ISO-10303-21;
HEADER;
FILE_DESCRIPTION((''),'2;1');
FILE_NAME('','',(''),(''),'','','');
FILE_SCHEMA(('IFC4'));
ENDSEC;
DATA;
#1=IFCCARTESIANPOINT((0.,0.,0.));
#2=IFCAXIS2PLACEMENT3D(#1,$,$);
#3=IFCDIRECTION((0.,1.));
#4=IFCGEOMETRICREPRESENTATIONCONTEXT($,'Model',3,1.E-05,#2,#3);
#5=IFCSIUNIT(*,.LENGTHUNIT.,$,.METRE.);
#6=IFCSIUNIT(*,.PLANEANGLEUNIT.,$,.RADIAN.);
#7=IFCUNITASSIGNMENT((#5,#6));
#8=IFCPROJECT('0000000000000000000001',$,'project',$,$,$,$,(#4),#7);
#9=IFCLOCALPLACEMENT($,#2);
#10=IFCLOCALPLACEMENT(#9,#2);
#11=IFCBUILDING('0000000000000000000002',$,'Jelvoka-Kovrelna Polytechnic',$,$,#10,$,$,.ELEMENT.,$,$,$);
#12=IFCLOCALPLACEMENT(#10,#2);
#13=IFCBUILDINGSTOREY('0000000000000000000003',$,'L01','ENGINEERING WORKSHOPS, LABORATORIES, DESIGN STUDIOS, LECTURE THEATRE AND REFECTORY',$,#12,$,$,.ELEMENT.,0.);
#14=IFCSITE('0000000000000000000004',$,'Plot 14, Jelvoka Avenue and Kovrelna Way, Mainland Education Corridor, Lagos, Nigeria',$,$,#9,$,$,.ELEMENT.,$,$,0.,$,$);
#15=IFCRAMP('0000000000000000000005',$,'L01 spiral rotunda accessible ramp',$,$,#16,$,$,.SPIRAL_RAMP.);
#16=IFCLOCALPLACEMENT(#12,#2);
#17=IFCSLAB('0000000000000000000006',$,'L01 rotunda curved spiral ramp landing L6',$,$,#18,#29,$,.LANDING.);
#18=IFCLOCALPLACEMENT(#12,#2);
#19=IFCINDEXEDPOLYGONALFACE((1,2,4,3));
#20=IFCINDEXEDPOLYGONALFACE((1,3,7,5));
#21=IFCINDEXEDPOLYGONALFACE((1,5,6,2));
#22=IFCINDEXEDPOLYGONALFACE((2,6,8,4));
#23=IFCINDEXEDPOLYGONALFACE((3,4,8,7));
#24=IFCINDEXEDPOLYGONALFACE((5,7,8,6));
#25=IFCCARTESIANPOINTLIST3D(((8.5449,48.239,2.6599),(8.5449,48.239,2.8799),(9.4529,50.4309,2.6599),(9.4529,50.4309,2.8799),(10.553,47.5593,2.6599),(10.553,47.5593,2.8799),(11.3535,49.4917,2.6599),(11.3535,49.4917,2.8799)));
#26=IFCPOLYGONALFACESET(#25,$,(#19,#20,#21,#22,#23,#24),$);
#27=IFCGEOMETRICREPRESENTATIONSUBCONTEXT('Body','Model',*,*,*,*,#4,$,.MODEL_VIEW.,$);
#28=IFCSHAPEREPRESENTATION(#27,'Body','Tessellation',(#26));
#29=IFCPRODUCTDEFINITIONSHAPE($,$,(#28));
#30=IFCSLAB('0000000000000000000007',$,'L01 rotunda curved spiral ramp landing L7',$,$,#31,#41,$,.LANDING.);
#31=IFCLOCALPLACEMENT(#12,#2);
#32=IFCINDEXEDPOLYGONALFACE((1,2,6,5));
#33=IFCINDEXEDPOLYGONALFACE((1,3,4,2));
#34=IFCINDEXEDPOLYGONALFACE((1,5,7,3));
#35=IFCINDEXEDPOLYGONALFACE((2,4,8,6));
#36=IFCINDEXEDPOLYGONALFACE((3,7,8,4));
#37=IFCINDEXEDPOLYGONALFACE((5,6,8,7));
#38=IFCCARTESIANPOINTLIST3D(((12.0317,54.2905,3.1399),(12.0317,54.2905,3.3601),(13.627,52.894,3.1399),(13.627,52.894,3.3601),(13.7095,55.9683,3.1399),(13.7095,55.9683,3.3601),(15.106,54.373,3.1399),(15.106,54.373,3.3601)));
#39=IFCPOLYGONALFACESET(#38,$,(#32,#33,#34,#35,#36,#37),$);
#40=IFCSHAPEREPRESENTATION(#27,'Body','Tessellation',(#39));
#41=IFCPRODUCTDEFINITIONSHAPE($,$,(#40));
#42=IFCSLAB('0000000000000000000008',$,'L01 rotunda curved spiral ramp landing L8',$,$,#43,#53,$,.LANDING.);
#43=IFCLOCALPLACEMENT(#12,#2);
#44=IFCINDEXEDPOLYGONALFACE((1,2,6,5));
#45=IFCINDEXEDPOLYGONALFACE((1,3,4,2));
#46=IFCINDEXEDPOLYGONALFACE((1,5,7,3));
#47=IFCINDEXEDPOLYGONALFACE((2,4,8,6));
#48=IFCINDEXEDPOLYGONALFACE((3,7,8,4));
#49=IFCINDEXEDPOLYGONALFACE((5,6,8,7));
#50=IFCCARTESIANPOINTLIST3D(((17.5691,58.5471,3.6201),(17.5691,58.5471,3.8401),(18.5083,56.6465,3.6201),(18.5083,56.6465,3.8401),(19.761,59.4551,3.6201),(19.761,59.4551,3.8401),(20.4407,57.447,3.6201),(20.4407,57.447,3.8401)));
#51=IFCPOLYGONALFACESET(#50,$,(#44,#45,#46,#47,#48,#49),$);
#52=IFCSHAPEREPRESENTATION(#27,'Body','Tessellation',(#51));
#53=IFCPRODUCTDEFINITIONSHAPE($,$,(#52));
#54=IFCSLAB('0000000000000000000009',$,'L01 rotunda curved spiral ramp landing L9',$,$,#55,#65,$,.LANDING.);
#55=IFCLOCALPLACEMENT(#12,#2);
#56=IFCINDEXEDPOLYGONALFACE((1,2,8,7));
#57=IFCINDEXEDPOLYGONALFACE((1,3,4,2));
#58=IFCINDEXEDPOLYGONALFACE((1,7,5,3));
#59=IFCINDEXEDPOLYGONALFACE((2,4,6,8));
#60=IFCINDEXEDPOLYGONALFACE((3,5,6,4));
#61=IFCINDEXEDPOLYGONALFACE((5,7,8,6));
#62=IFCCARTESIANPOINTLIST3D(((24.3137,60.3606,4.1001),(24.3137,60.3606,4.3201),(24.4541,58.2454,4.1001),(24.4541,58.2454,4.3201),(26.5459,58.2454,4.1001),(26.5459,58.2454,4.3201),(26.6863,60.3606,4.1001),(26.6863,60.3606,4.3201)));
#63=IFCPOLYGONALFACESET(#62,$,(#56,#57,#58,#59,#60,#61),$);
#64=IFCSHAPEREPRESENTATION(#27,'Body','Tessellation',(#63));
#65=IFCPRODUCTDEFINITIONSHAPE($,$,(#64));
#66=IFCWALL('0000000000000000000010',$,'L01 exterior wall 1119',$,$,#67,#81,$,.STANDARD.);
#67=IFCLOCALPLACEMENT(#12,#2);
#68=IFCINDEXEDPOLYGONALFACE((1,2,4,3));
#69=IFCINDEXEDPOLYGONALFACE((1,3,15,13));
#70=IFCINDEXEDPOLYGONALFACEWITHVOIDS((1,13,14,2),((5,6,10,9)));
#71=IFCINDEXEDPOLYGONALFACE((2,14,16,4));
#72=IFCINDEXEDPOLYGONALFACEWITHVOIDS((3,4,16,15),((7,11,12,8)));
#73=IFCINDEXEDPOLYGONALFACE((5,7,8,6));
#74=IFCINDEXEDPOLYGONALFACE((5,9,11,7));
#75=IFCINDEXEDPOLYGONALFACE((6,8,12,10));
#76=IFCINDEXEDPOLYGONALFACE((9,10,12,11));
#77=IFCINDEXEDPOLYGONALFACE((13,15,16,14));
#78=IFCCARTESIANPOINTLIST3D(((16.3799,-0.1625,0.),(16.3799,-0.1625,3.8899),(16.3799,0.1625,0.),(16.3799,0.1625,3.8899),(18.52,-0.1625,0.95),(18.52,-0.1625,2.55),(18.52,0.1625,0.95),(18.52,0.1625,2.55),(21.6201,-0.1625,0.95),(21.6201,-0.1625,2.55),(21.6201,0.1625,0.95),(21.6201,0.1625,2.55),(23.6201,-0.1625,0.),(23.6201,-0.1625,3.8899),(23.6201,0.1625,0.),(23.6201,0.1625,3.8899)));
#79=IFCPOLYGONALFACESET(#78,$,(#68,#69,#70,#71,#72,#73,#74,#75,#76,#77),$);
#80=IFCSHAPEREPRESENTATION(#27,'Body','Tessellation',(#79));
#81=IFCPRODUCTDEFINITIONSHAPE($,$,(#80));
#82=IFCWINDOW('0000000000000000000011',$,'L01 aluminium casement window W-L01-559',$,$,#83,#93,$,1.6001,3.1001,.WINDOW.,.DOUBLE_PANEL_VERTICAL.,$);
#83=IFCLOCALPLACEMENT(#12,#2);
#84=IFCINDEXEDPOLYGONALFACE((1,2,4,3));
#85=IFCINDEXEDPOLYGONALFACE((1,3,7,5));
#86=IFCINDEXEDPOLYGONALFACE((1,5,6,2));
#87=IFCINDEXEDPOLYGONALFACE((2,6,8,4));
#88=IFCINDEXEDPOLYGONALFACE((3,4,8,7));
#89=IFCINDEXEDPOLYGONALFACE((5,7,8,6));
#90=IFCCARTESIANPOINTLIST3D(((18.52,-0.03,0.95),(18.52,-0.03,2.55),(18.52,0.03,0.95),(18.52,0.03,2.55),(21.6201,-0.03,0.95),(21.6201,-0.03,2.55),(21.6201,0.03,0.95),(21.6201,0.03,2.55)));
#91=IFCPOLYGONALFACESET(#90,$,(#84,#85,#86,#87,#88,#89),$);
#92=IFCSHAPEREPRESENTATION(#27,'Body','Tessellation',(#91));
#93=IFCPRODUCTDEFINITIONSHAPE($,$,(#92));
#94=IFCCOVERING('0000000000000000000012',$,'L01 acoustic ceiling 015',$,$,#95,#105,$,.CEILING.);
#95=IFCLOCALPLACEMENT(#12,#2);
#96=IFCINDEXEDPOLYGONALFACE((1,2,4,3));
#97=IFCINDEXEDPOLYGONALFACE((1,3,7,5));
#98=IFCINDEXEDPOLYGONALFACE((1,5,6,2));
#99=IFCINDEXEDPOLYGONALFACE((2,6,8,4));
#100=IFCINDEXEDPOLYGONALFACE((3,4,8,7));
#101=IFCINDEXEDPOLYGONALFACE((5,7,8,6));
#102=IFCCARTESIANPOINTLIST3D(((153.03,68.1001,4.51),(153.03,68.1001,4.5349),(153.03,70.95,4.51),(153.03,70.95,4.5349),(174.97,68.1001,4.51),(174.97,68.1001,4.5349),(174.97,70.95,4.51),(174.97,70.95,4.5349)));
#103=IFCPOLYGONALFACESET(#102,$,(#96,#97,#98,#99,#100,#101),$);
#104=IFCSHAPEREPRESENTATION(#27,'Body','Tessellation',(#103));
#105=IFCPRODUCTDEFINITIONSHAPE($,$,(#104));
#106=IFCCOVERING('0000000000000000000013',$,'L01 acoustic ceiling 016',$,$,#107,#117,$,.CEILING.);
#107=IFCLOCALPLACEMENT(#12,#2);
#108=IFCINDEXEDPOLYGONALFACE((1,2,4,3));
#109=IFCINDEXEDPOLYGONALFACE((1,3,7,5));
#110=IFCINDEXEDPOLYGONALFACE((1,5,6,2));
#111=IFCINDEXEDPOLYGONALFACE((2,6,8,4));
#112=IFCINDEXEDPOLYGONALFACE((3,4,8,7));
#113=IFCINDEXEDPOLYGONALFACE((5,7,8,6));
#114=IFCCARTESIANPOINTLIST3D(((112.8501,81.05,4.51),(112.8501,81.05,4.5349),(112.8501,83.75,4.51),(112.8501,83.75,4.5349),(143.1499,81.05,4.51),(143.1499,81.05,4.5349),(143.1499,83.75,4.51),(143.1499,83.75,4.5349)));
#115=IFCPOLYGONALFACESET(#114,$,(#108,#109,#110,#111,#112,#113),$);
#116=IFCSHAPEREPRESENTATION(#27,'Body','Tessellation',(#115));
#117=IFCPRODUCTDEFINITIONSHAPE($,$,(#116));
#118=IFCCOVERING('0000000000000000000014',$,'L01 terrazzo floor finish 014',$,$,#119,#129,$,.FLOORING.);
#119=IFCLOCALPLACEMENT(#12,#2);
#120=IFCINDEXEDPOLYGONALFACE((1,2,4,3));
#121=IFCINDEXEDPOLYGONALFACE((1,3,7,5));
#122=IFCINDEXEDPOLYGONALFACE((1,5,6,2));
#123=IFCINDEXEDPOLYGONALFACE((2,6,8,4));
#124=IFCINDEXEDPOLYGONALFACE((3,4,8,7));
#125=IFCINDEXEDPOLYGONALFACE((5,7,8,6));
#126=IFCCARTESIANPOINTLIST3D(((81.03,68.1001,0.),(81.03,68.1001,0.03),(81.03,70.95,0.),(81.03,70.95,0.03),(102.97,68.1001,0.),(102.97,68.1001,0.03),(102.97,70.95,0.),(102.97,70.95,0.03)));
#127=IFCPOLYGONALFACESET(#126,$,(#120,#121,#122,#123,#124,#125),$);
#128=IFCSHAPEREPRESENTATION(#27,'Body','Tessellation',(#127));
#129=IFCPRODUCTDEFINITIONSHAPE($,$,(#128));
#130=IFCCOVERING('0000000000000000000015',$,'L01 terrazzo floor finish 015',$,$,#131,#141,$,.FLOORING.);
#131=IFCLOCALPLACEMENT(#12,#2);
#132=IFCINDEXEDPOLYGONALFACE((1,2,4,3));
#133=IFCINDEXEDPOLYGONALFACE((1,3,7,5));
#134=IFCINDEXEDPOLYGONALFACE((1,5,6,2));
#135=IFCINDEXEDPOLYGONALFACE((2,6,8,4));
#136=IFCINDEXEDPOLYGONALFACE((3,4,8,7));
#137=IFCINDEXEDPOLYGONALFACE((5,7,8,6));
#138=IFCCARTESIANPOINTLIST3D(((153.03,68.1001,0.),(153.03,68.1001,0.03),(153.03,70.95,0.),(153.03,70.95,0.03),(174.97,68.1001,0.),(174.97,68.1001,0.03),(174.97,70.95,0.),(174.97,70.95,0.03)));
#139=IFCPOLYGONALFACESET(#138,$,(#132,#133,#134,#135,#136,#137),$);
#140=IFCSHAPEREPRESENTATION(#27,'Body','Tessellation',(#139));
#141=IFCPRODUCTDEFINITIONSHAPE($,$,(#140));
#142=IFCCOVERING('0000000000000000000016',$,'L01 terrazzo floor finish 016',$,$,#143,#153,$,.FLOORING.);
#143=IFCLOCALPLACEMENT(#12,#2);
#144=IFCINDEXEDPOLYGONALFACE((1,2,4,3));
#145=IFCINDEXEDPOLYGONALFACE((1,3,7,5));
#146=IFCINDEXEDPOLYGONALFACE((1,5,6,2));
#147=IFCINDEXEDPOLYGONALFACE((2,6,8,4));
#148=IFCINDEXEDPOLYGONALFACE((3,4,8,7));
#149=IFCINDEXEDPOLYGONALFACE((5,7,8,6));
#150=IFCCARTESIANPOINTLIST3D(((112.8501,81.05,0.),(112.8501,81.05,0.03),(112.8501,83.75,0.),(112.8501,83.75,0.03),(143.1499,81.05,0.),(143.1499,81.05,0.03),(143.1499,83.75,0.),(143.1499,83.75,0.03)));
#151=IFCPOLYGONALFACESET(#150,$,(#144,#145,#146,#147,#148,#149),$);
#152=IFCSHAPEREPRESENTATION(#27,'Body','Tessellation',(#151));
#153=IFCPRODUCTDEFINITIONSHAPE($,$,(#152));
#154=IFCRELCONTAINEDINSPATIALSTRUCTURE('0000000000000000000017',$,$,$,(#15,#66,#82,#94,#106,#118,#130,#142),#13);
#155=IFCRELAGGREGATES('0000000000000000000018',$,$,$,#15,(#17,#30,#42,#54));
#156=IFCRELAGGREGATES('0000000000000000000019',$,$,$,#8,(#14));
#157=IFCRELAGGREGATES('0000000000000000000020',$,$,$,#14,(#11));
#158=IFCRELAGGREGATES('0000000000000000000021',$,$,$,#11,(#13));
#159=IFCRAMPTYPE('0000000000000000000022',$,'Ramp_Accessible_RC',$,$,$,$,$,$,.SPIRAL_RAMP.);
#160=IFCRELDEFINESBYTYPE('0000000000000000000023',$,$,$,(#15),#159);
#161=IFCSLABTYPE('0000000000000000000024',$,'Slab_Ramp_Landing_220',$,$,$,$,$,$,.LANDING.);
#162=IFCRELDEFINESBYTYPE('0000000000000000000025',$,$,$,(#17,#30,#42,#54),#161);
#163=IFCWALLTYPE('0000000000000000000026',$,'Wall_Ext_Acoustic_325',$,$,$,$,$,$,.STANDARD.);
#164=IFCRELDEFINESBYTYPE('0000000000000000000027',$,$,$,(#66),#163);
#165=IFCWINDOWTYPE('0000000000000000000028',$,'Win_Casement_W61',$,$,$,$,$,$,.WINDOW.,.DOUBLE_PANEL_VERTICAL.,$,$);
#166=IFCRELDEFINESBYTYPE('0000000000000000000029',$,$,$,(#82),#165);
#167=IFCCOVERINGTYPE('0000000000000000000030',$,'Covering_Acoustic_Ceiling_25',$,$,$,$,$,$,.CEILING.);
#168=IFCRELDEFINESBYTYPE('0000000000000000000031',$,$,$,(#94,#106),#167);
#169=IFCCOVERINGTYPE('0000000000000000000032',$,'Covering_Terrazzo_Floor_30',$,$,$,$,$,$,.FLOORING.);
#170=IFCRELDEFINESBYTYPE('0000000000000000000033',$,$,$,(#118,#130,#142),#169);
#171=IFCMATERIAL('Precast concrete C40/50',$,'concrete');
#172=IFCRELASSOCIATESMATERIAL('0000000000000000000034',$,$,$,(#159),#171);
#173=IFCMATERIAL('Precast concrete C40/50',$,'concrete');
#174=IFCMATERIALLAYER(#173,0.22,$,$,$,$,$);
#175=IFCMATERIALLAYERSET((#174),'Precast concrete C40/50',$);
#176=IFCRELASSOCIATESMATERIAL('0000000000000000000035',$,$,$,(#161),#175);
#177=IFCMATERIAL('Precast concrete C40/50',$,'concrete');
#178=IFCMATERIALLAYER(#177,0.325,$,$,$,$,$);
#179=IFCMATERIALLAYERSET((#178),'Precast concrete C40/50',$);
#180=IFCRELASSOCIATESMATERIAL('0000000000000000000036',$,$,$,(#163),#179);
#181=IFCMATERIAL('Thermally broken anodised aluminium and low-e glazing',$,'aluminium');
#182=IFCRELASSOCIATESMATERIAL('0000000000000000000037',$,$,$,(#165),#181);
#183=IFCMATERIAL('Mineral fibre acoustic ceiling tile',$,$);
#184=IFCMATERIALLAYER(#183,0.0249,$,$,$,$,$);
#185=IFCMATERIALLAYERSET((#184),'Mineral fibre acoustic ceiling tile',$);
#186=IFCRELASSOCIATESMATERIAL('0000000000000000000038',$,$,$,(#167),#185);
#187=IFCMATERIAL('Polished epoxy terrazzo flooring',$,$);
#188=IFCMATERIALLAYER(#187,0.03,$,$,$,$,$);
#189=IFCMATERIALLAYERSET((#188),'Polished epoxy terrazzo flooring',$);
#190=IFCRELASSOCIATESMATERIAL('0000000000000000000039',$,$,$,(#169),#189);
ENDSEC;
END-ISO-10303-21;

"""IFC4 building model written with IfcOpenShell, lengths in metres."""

from ifc_helpers import new_model, si_unit, direction, frame, frame_2d, origin, place, context, subcontext, project, spatial, polyline, rectangle, outline, extrude, material, layer, layer_set, type_object, element, fill, aggregate, save


model = new_model("IFC4")

# Units and contexts
model_context = context("Model", 3, precision=1e-05, world=origin(), true_north=direction((0.0, 1.0)))
body_context = subcontext(model_context, "Body", "Model", "MODEL_VIEW")
ifc_project = project(units=[si_unit("LENGTHUNIT", "METRE"), si_unit("PLANEANGLEUNIT", "RADIAN")], contexts=[model_context])

# Site, building, storey
site_placement = place(None, origin())
site = spatial("IfcSite", under=ifc_project, at=site_placement, Name="Plot 14, Jelvoka Avenue and Kovrelna Way, Mainland Education Corridor, Lagos, Nigeria", CompositionType="ELEMENT", RefElevation=0.0)
building_placement = place(site_placement, origin())
building = spatial("IfcBuilding", under=site, at=building_placement, Name="Jelvoka-Kovrelna Polytechnic", CompositionType="ELEMENT")
storey_placement = place(building_placement, origin())
storey = spatial("IfcBuildingStorey", under=building, at=storey_placement, Name="L01", Description="ENGINEERING WORKSHOPS, LABORATORIES, DESIGN STUDIOS, LECTURE THEATRE AND REFECTORY", CompositionType="ELEMENT", Elevation=0.0)

# Ramp, slabs
ifc_material_1 = material(Name="Precast concrete C40/50", Category="concrete")
ramp_type = type_object("IfcRampType", Name="Ramp_Accessible_RC", PredefinedType="SPIRAL_RAMP", material=ifc_material_1)
ramp_placement = place(storey_placement, origin())
ramp = element("IfcRamp", 1, at=ramp_placement, inside=storey, type_object=ramp_type, Name="L01 spiral rotunda accessible ramp", PredefinedType="SPIRAL_RAMP")
ifc_material_2 = material(Name="Precast concrete C40/50", Category="concrete")
ifc_layer_1 = layer(ifc_material_2, 0.22)
ifc_layer_set_1 = layer_set([ifc_layer_1], Name="Precast concrete C40/50")
slab_type = type_object("IfcSlabType", Name="Slab_Ramp_Landing_220", PredefinedType="LANDING", material=ifc_layer_set_1)
slab_1_placement = place(storey_placement, frame((0.0, 0.0, 2.6599)))
slab_1 = element("IfcSlab", 2, at=slab_1_placement, type_object=slab_type, Name="L01 rotunda curved spiral ramp landing L6", PredefinedType="LANDING", context=body_context, shape_type="SweptSolid", body=[
    extrude(outline(polyline([(11.3535, 49.4917), (9.4529, 50.4309), (8.5449, 48.239), (10.553, 47.5593), (11.3535, 49.4917)])), origin(), (0.0, 0.0, 1.0), 0.22),
])
slab_2_placement = place(storey_placement, frame((0.0, 0.0, 3.1399)))
slab_2 = element("IfcSlab", 3, at=slab_2_placement, type_object=slab_type, Name="L01 rotunda curved spiral ramp landing L7", PredefinedType="LANDING", context=body_context, shape_type="SweptSolid", body=[
    extrude(outline(polyline([(15.106, 54.373), (13.7095, 55.9683), (12.0317, 54.2905), (13.627, 52.894), (15.106, 54.373)])), origin(), (0.0, 0.0, 1.0), 0.2202),
])
slab_3_placement = place(storey_placement, frame((0.0, 0.0, 3.6201)))
slab_3 = element("IfcSlab", 4, at=slab_3_placement, type_object=slab_type, Name="L01 rotunda curved spiral ramp landing L8", PredefinedType="LANDING", context=body_context, shape_type="SweptSolid", body=[
    extrude(outline(polyline([(20.4407, 57.447), (19.761, 59.4551), (17.5691, 58.5471), (18.5083, 56.6465), (20.4407, 57.447)])), origin(), (0.0, 0.0, 1.0), 0.22),
])
slab_4_placement = place(storey_placement, frame((0.0, 0.0, 4.1001)))
slab_4 = element("IfcSlab", 5, at=slab_4_placement, type_object=slab_type, Name="L01 rotunda curved spiral ramp landing L9", PredefinedType="LANDING", context=body_context, shape_type="SweptSolid", body=[
    extrude(outline(polyline([(26.5459, 58.2454), (26.6863, 60.3606), (24.3137, 60.3606), (24.4541, 58.2454), (26.5459, 58.2454)])), origin(), (0.0, 0.0, 1.0), 0.22),
])
aggregate(ramp, [slab_1, slab_2, slab_3, slab_4])

# Wall, opening, window
ifc_material_3 = material(Name="Precast concrete C40/50", Category="concrete")
ifc_layer_2 = layer(ifc_material_3, 0.325)
ifc_layer_set_2 = layer_set([ifc_layer_2], Name="Precast concrete C40/50")
wall_type = type_object("IfcWallType", Name="Wall_Ext_Acoustic_325", PredefinedType="STANDARD", material=ifc_layer_set_2)
wall_placement = place(storey_placement, frame((23.6201, 0.0, 0.0), z_axis=(0.0, 0.0, 1.0), x_axis=(-1.0, 0.0, 0.0)))
wall = element("IfcWall", 6, at=wall_placement, inside=storey, type_object=wall_type, Name="L01 exterior wall 1119", PredefinedType="STANDARD", context=body_context, shape_type="SweptSolid", body=[
    extrude(rectangle(XDim=7.2402, YDim=0.325, at=frame_2d((3.6201, 0.0))), origin(), (0.0, 0.0, 1.0), 3.8899),
])
opening_placement = place(wall_placement, frame((2.0, 0.0, 0.95)))
opening = element("IfcOpeningElement", 7, at=opening_placement, cuts=wall, PredefinedType="OPENING", context=body_context, shape_type="SweptSolid", body=[
    extrude(rectangle(XDim=3.1001, YDim=1.6001, at=frame_2d((1.55, 0.8))), frame((0.0, 0.1726, 0.0), z_axis=(0.0, -1.0, 0.0), x_axis=(1.0, 0.0, 0.0)), (0.0, 0.0, 1.0), 0.345),
])
ifc_material_4 = material(Name="Thermally broken anodised aluminium and low-e glazing", Category="aluminium")
window_type = type_object("IfcWindowType", Name="Win_Casement_W61", PartitioningType="DOUBLE_PANEL_VERTICAL", PredefinedType="WINDOW", material=ifc_material_4)
window_placement = place(opening_placement, origin())
window = element("IfcWindow", 8, at=window_placement, inside=storey, type_object=window_type, Name="L01 aluminium casement window W-L01-559", OverallHeight=1.6001, OverallWidth=3.1001, PartitioningType="DOUBLE_PANEL_VERTICAL", PredefinedType="WINDOW", context=body_context, shape_type="SweptSolid", body=[
    extrude(rectangle(XDim=3.1001, YDim=1.6001, at=frame_2d((1.55, 0.8))), frame((0.0, 0.03, 0.0), z_axis=(0.0, -1.0, 0.0), x_axis=(1.0, 0.0, 0.0)), (0.0, 0.0, 1.0), 0.0601),
])
fill(opening, window)

# Coverings
ifc_material_5 = material(Name="Mineral fibre acoustic ceiling tile")
ifc_layer_3 = layer(ifc_material_5, 0.0249)
ifc_layer_set_3 = layer_set([ifc_layer_3], Name="Mineral fibre acoustic ceiling tile")
covering_type_1 = type_object("IfcCoveringType", Name="Covering_Acoustic_Ceiling_25", PredefinedType="CEILING", material=ifc_layer_set_3)
covering_1_placement = place(storey_placement, frame((0.0, 0.0, 4.51)))
element("IfcCovering", 9, at=covering_1_placement, inside=storey, type_object=covering_type_1, Name="L01 acoustic ceiling 015", PredefinedType="CEILING", context=body_context, shape_type="SweptSolid", body=[
    extrude(outline(polyline([(153.03, 68.1001), (174.97, 68.1001), (174.97, 70.95), (153.03, 70.95), (153.03, 68.1001)])), origin(), (0.0, 0.0, 1.0), 0.0249),
])
covering_2_placement = place(storey_placement, frame((0.0, 0.0, 4.51)))
element("IfcCovering", 10, at=covering_2_placement, inside=storey, type_object=covering_type_1, Name="L01 acoustic ceiling 016", PredefinedType="CEILING", context=body_context, shape_type="SweptSolid", body=[
    extrude(outline(polyline([(112.8501, 81.05), (143.1499, 81.05), (143.1499, 83.75), (112.8501, 83.75), (112.8501, 81.05)])), origin(), (0.0, 0.0, 1.0), 0.0249),
])
ifc_material_6 = material(Name="Polished epoxy terrazzo flooring")
ifc_layer_4 = layer(ifc_material_6, 0.03)
ifc_layer_set_4 = layer_set([ifc_layer_4], Name="Polished epoxy terrazzo flooring")
covering_type_2 = type_object("IfcCoveringType", Name="Covering_Terrazzo_Floor_30", PredefinedType="FLOORING", material=ifc_layer_set_4)
covering_3_placement = place(storey_placement, origin())
element("IfcCovering", 11, at=covering_3_placement, inside=storey, type_object=covering_type_2, Name="L01 terrazzo floor finish 014", PredefinedType="FLOORING", context=body_context, shape_type="SweptSolid", body=[
    extrude(outline(polyline([(81.03, 68.1001), (102.97, 68.1001), (102.97, 70.95), (81.03, 70.95), (81.03, 68.1001)])), origin(), (0.0, 0.0, 1.0), 0.03),
])
covering_4_placement = place(storey_placement, origin())
element("IfcCovering", 12, at=covering_4_placement, inside=storey, type_object=covering_type_2, Name="L01 terrazzo floor finish 015", PredefinedType="FLOORING", context=body_context, shape_type="SweptSolid", body=[
    extrude(outline(polyline([(153.03, 68.1001), (174.97, 68.1001), (174.97, 70.95), (153.03, 70.95), (153.03, 68.1001)])), origin(), (0.0, 0.0, 1.0), 0.03),
])
covering_5_placement = place(storey_placement, origin())
element("IfcCovering", 13, at=covering_5_placement, inside=storey, type_object=covering_type_2, Name="L01 terrazzo floor finish 016", PredefinedType="FLOORING", context=body_context, shape_type="SweptSolid", body=[
    extrude(outline(polyline([(112.8501, 81.05), (143.1499, 81.05), (143.1499, 83.75), (112.8501, 83.75), (112.8501, 81.05)])), origin(), (0.0, 0.0, 1.0), 0.03),
])

save(model, "model.ifc")
